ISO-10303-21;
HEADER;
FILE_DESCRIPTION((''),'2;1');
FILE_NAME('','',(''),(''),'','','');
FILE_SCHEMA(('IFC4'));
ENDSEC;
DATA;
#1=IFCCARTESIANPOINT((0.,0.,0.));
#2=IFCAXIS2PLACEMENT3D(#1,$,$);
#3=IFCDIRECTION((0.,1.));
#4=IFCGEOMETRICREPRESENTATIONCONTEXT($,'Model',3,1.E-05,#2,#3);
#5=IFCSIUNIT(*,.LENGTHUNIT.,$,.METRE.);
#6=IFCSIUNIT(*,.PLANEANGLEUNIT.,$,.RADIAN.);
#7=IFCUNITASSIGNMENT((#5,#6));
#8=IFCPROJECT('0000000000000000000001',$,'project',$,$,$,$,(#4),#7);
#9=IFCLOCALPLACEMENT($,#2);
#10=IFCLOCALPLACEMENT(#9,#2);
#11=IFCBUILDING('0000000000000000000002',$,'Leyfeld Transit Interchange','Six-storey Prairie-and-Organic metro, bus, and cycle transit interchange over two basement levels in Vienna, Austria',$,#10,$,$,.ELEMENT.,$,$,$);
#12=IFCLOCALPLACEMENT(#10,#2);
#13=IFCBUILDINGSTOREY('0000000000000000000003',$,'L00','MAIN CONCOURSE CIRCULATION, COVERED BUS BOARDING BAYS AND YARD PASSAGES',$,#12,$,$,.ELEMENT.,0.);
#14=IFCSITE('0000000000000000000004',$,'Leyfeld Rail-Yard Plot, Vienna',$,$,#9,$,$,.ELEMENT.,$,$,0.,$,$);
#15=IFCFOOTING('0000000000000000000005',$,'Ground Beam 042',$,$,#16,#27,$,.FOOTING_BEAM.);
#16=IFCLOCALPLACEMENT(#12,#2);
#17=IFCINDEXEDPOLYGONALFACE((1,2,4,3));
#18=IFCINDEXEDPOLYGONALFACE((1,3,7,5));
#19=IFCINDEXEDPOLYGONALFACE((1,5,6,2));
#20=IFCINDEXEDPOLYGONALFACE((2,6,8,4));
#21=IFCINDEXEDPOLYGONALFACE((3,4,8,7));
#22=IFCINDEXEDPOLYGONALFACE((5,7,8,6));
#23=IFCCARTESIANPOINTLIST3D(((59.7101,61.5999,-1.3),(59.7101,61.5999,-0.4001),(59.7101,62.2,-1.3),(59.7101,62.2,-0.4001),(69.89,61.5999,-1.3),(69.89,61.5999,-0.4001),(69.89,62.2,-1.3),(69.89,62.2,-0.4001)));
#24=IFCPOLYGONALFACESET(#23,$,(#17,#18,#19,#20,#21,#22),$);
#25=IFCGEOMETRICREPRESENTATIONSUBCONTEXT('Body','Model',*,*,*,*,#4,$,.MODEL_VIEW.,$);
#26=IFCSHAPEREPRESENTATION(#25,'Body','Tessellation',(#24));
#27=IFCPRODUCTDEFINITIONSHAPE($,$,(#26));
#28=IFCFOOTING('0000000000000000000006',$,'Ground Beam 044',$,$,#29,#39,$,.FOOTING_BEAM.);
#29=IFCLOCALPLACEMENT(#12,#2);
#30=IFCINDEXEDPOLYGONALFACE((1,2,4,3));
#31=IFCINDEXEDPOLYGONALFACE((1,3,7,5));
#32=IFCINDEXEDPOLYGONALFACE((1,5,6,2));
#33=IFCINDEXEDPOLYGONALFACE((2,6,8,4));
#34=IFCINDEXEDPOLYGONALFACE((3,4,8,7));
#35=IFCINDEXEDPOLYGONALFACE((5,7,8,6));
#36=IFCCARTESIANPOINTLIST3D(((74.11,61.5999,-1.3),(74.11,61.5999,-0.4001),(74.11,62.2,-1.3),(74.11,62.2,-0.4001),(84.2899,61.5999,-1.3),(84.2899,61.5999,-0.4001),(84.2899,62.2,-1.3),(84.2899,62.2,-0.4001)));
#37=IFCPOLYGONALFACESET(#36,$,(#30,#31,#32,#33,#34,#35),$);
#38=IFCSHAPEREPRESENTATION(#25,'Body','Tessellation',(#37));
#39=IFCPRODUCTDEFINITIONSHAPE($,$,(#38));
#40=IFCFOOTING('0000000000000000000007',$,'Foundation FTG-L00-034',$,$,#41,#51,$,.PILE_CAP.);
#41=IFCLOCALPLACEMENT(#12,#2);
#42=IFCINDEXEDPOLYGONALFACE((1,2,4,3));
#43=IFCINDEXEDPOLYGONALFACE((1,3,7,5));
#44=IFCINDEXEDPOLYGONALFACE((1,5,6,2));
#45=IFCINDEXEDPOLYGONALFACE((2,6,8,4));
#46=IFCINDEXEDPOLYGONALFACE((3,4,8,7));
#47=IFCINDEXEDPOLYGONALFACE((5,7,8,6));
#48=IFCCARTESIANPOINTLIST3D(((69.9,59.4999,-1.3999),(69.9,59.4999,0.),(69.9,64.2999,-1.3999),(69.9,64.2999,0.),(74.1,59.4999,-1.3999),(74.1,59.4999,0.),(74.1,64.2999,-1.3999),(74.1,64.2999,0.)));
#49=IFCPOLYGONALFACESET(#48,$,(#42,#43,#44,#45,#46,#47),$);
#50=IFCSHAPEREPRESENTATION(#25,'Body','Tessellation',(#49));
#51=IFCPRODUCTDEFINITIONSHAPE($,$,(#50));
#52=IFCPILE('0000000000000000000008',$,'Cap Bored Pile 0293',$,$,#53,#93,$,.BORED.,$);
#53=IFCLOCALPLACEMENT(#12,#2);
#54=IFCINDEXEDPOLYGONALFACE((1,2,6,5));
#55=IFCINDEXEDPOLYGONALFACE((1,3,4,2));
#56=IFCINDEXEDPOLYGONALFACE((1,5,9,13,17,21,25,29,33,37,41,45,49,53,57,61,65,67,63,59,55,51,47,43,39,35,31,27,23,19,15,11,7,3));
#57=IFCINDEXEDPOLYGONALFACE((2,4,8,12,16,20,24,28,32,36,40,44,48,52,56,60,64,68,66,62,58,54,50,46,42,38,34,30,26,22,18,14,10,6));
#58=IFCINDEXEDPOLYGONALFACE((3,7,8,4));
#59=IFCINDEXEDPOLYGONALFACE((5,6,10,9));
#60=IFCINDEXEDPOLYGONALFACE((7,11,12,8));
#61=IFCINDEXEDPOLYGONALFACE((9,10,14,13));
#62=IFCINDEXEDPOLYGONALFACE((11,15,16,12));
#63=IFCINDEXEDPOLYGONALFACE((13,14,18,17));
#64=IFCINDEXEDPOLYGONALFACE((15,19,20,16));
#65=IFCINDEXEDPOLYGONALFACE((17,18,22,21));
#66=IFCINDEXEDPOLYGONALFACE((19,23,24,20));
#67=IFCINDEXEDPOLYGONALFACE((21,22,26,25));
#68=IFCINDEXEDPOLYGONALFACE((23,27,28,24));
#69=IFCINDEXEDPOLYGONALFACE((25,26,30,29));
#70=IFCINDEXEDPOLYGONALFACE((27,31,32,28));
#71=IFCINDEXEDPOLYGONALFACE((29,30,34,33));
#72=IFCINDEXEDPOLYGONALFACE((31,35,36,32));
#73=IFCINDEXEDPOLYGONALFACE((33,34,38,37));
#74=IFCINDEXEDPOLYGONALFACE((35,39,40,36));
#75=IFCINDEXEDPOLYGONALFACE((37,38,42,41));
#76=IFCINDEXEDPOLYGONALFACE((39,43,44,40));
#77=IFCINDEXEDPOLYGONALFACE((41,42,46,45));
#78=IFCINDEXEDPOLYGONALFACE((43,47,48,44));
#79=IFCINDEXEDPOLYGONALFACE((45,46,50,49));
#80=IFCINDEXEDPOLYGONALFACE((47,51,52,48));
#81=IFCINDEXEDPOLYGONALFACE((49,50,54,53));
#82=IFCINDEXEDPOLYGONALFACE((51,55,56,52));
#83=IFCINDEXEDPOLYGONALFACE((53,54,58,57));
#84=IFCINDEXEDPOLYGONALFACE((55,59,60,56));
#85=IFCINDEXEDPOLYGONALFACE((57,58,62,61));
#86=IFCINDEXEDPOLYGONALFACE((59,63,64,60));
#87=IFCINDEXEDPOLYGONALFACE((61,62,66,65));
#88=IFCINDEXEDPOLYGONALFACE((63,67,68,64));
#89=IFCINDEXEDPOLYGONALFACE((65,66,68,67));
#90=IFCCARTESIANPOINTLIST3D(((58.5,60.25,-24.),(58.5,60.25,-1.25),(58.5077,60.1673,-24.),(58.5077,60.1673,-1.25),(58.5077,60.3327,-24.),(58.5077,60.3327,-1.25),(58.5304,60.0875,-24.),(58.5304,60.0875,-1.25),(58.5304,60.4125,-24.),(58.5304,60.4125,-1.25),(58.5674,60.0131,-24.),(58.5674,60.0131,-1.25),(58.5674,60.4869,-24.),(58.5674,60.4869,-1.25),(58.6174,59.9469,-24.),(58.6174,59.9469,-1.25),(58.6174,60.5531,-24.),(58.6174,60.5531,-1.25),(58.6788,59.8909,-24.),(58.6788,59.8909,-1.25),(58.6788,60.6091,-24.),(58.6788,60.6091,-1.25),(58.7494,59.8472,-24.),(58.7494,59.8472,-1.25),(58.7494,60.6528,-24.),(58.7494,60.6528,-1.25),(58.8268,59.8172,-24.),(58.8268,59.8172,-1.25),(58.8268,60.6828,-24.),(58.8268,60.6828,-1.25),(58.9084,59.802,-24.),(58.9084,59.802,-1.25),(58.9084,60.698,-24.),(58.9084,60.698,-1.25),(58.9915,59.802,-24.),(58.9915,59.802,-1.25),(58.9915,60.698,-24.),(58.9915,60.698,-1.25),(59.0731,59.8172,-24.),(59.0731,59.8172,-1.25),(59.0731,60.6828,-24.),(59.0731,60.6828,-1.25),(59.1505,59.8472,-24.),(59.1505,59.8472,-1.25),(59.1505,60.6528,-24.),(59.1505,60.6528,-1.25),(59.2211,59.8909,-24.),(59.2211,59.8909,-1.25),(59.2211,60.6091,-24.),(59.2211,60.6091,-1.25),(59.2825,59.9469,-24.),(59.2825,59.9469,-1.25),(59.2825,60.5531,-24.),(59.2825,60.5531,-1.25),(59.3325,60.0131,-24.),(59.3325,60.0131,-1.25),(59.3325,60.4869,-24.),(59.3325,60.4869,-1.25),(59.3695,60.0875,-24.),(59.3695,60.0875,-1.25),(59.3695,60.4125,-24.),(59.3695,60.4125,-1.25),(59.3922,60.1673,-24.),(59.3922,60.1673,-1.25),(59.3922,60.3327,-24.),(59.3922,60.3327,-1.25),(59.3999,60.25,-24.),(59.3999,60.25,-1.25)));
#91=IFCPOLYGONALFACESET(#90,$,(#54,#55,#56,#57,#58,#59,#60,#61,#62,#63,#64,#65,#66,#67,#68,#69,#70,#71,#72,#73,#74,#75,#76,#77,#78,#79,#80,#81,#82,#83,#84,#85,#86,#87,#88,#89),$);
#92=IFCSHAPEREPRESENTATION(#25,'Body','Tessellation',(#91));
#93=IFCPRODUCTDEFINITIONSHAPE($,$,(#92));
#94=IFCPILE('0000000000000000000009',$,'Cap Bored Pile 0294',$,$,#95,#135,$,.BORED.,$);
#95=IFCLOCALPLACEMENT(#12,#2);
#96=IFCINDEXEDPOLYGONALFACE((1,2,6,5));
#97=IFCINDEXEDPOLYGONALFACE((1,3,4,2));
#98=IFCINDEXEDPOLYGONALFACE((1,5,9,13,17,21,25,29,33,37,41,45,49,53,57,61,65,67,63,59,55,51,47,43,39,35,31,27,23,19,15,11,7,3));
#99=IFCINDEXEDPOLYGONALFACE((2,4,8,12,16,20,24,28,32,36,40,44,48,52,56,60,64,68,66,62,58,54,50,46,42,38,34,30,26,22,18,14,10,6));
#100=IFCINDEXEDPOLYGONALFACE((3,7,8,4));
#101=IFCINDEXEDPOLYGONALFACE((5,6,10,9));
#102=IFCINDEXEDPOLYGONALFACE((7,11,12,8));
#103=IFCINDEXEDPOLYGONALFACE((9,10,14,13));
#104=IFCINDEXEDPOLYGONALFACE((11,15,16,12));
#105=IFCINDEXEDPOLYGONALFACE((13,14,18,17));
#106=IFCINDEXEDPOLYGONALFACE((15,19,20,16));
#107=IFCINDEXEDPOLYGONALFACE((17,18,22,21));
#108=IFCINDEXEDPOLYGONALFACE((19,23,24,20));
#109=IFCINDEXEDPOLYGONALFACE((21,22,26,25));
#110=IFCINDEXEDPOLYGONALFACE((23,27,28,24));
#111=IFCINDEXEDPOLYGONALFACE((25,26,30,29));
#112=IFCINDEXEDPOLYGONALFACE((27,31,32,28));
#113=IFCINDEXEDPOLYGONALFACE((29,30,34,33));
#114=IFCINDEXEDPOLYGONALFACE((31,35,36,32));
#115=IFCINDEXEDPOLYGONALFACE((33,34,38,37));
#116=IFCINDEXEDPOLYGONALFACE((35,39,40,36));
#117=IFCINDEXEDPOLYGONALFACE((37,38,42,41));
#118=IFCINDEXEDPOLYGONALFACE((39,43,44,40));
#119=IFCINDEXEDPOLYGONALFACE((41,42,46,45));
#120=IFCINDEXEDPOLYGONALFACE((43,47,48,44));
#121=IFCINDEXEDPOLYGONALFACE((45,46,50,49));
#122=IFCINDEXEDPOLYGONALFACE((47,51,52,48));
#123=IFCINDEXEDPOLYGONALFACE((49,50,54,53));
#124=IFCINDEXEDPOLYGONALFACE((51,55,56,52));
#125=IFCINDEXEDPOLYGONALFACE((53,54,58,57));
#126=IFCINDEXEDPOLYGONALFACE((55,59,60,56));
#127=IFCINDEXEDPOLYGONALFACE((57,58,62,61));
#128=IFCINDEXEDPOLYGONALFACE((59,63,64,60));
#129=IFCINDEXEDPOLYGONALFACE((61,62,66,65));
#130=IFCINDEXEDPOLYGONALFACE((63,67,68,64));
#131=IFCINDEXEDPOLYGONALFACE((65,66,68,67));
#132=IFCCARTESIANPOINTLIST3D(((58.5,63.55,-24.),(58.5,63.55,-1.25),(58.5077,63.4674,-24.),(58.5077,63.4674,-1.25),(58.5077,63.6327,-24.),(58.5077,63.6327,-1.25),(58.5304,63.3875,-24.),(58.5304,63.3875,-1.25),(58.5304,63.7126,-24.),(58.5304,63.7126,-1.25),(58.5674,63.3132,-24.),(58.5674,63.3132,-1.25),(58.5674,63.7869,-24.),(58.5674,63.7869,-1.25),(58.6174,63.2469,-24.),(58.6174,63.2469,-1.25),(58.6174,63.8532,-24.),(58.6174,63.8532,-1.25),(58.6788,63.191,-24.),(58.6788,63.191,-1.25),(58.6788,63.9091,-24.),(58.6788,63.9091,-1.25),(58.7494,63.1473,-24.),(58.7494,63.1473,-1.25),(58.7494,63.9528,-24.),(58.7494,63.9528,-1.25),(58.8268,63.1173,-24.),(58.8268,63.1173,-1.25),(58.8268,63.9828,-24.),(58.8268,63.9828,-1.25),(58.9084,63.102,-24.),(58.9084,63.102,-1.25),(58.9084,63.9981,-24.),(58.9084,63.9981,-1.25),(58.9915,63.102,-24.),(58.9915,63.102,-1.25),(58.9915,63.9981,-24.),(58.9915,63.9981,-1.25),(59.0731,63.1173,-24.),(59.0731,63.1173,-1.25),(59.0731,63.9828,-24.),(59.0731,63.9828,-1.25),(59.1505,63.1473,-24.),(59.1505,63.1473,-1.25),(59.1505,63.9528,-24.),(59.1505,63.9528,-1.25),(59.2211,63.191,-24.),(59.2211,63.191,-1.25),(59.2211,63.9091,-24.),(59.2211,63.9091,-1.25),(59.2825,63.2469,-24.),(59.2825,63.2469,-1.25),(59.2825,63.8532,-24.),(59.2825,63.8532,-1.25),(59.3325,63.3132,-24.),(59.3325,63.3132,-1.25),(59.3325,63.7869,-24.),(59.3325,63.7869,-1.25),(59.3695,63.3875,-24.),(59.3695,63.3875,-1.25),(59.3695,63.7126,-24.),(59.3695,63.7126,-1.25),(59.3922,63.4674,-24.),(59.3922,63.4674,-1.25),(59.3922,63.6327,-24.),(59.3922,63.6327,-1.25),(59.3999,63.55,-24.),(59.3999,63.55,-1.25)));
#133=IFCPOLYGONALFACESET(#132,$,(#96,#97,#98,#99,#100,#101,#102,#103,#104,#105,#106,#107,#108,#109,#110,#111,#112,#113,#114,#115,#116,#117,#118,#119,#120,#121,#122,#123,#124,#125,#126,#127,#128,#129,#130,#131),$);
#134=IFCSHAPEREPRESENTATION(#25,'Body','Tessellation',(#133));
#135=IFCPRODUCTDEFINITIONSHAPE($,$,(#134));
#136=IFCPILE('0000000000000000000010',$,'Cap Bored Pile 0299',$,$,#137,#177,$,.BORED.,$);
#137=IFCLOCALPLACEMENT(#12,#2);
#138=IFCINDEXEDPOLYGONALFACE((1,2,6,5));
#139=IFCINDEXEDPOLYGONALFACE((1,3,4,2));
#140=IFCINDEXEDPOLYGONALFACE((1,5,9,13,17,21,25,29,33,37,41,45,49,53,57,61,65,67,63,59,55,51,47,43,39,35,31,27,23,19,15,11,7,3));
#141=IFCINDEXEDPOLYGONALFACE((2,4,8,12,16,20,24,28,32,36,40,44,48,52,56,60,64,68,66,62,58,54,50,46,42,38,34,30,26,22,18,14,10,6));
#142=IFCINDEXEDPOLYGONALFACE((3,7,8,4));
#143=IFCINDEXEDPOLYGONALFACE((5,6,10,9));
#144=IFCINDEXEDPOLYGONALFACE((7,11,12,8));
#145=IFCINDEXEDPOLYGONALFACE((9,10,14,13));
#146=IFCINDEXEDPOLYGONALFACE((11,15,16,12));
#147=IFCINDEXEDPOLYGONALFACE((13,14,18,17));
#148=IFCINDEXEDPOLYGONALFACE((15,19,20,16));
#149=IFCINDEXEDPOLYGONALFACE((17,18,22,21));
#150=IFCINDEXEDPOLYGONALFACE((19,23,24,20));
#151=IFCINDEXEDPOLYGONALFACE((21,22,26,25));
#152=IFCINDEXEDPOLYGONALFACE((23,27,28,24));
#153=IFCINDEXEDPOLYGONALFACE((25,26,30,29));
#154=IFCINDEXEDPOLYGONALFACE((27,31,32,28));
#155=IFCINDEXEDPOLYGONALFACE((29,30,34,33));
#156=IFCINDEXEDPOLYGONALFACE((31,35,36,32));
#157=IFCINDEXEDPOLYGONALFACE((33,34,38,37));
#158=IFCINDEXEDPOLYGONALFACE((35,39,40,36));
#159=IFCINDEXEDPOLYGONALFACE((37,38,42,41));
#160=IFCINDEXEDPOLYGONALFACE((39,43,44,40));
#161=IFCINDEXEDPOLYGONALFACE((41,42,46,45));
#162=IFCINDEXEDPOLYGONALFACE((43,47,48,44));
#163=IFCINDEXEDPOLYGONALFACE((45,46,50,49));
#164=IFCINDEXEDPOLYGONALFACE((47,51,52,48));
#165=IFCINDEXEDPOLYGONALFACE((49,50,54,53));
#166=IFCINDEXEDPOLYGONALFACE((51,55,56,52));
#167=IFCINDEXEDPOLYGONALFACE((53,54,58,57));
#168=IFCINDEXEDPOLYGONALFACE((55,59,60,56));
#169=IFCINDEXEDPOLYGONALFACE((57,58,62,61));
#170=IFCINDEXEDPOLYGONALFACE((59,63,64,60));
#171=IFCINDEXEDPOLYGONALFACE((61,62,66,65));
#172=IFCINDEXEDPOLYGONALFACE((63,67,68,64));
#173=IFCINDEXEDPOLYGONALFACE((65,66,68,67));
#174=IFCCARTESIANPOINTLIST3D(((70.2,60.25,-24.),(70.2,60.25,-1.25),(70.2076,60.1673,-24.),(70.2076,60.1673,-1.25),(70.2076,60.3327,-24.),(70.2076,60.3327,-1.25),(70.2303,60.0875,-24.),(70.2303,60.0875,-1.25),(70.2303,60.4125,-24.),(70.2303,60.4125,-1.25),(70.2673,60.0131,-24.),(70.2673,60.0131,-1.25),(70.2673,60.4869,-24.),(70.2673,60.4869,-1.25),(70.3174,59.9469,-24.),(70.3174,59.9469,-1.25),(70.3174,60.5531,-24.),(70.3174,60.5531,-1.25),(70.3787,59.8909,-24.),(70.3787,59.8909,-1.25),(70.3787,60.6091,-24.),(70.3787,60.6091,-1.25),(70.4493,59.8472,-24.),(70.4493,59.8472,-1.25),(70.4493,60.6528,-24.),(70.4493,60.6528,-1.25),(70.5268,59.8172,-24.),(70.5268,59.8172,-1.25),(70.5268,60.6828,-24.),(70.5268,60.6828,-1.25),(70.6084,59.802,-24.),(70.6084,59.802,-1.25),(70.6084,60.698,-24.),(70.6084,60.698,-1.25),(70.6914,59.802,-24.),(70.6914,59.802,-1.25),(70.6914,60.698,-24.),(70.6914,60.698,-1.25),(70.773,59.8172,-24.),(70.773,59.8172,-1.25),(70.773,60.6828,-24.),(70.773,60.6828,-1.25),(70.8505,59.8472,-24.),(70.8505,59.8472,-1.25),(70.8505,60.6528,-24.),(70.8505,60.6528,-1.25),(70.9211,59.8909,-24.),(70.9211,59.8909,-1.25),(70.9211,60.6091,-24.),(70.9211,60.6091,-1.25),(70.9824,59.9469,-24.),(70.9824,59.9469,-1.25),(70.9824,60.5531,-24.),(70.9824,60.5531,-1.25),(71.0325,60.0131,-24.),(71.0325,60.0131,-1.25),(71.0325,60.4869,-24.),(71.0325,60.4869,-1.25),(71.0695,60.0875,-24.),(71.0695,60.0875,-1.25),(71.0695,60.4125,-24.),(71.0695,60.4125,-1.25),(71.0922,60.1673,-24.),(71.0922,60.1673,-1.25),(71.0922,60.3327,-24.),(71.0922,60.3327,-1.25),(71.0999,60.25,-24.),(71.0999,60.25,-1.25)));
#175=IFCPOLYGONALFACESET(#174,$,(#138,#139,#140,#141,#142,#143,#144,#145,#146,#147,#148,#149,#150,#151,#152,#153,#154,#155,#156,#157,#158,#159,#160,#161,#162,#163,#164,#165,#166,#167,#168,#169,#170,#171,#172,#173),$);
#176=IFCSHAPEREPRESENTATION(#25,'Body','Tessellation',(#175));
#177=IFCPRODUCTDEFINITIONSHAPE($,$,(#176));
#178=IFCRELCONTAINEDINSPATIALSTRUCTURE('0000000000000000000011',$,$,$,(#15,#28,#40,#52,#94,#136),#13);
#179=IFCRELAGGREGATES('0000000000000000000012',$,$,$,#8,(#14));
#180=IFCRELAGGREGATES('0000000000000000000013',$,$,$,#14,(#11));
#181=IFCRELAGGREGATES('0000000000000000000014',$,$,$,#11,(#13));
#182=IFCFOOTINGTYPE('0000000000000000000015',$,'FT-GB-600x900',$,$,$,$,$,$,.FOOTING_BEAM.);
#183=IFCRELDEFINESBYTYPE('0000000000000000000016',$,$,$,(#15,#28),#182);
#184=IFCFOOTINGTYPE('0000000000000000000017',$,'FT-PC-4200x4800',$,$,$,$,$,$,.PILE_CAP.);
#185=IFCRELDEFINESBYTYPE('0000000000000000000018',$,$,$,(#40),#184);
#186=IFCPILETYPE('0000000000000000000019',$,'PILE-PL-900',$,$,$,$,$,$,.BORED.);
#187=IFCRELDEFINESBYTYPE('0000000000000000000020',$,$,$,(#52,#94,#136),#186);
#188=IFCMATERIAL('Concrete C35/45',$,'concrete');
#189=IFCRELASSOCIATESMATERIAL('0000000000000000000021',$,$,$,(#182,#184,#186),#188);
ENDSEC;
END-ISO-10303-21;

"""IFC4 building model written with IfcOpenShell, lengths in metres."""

from ifc_helpers import new_model, si_unit, direction, frame, origin, origin_2d, place, context, subcontext, project, spatial, rectangle, circle, extrude, material, material_profile, profile_set, type_object, element, save


model = new_model("IFC4")

# Units and contexts
model_context = context("Model", 3, precision=1e-05, world=origin(), true_north=direction((0.0, 1.0)))
body_context = subcontext(model_context, "Body", "Model", "MODEL_VIEW")
ifc_project = project(units=[si_unit("LENGTHUNIT", "METRE"), si_unit("PLANEANGLEUNIT", "RADIAN")], contexts=[model_context])

# Site, building, storey
site_placement = place(None, origin())
site = spatial("IfcSite", under=ifc_project, at=site_placement, Name="Leyfeld Rail-Yard Plot, Vienna", CompositionType="ELEMENT", RefElevation=0.0)
building_placement = place(site_placement, origin())
building = spatial("IfcBuilding", under=site, at=building_placement, Name="Leyfeld Transit Interchange", Description="Six-storey Prairie-and-Organic metro, bus, and cycle transit interchange over two basement levels in Vienna, Austria", CompositionType="ELEMENT")
storey_placement = place(building_placement, origin())
storey = spatial("IfcBuildingStorey", under=building, at=storey_placement, Name="L00", Description="MAIN CONCOURSE CIRCULATION, COVERED BUS BOARDING BAYS AND YARD PASSAGES", CompositionType="ELEMENT", Elevation=0.0)

# Footings
ifc_material_1 = material(Name="Concrete C35/45", Category="concrete")
footing_type_1 = type_object("IfcFootingType", Name="FT-GB-600x900", PredefinedType="FOOTING_BEAM", material=ifc_material_1)
for number, where, z_axis, x_axis, name in (
    (1, (64.8, 61.8999, -1.3), (0.0, 0.0, 1.0), (1.0, 0.0, 0.0), "Ground Beam 042"),
    (2, (79.2, 61.8999, -1.3), (0.0, 0.0, 1.0), (1.0, 0.0, 0.0), "Ground Beam 044"),
):
    element("IfcFooting", number, at=place(storey_placement, frame(where, z_axis=z_axis, x_axis=x_axis)), inside=storey, type_object=footing_type_1, Name=name, PredefinedType="FOOTING_BEAM", context=body_context, shape_type="SweptSolid", body=[
        extrude(rectangle(XDim=10.1799, YDim=0.6001, at=origin_2d()), origin(), (0.0, 0.0, 1.0), 0.8999),
    ])
footing_type_2 = type_object("IfcFootingType", Name="FT-PC-4200x4800", PredefinedType="PILE_CAP", material=ifc_material_1)
footing_placement = place(storey_placement, frame((72.0, 61.8999, -1.3999), z_axis=(0.0, 0.0, 1.0), x_axis=(1.0, 0.0, 0.0)))
element("IfcFooting", 3, at=footing_placement, inside=storey, type_object=footing_type_2, Name="Foundation FTG-L00-034", PredefinedType="PILE_CAP", context=body_context, shape_type="SweptSolid", body=[
    extrude(rectangle(XDim=4.2, YDim=4.8, at=origin_2d()), origin(), (0.0, 0.0, 1.0), 1.3999),
])

# Piles
ifc_material_profile_1 = material_profile(ifc_material_1, circle(Radius=0.45, at=origin_2d()), Name="PILE D900")
ifc_profile_set_1 = profile_set([ifc_material_profile_1], Name="Concrete C35/45")
pile_type = type_object("IfcPileType", Name="PILE-PL-900", PredefinedType="BORED", material=ifc_profile_set_1)
for number, where, z_axis, x_axis, name in (
    (4, (58.95, 60.25, -1.25), (0.0, 0.0, -1.0), (1.0, 0.0, 0.0), "Cap Bored Pile 0293"),
    (5, (58.95, 63.55, -1.25), (0.0, 0.0, -1.0), (1.0, 0.0, 0.0), "Cap Bored Pile 0294"),
    (6, (70.6499, 60.25, -1.25), (0.0, 0.0, -1.0), (1.0, 0.0, 0.0), "Cap Bored Pile 0299"),
):
    element("IfcPile", number, at=place(storey_placement, frame(where, z_axis=z_axis, x_axis=x_axis)), inside=storey, type_object=pile_type, Name=name, PredefinedType="BORED", context=body_context, shape_type="SweptSolid", body=[
        extrude(circle(Radius=0.45, at=origin_2d()), origin(), (0.0, 0.0, 1.0), 22.75),
    ])

save(model, "model.ifc")
